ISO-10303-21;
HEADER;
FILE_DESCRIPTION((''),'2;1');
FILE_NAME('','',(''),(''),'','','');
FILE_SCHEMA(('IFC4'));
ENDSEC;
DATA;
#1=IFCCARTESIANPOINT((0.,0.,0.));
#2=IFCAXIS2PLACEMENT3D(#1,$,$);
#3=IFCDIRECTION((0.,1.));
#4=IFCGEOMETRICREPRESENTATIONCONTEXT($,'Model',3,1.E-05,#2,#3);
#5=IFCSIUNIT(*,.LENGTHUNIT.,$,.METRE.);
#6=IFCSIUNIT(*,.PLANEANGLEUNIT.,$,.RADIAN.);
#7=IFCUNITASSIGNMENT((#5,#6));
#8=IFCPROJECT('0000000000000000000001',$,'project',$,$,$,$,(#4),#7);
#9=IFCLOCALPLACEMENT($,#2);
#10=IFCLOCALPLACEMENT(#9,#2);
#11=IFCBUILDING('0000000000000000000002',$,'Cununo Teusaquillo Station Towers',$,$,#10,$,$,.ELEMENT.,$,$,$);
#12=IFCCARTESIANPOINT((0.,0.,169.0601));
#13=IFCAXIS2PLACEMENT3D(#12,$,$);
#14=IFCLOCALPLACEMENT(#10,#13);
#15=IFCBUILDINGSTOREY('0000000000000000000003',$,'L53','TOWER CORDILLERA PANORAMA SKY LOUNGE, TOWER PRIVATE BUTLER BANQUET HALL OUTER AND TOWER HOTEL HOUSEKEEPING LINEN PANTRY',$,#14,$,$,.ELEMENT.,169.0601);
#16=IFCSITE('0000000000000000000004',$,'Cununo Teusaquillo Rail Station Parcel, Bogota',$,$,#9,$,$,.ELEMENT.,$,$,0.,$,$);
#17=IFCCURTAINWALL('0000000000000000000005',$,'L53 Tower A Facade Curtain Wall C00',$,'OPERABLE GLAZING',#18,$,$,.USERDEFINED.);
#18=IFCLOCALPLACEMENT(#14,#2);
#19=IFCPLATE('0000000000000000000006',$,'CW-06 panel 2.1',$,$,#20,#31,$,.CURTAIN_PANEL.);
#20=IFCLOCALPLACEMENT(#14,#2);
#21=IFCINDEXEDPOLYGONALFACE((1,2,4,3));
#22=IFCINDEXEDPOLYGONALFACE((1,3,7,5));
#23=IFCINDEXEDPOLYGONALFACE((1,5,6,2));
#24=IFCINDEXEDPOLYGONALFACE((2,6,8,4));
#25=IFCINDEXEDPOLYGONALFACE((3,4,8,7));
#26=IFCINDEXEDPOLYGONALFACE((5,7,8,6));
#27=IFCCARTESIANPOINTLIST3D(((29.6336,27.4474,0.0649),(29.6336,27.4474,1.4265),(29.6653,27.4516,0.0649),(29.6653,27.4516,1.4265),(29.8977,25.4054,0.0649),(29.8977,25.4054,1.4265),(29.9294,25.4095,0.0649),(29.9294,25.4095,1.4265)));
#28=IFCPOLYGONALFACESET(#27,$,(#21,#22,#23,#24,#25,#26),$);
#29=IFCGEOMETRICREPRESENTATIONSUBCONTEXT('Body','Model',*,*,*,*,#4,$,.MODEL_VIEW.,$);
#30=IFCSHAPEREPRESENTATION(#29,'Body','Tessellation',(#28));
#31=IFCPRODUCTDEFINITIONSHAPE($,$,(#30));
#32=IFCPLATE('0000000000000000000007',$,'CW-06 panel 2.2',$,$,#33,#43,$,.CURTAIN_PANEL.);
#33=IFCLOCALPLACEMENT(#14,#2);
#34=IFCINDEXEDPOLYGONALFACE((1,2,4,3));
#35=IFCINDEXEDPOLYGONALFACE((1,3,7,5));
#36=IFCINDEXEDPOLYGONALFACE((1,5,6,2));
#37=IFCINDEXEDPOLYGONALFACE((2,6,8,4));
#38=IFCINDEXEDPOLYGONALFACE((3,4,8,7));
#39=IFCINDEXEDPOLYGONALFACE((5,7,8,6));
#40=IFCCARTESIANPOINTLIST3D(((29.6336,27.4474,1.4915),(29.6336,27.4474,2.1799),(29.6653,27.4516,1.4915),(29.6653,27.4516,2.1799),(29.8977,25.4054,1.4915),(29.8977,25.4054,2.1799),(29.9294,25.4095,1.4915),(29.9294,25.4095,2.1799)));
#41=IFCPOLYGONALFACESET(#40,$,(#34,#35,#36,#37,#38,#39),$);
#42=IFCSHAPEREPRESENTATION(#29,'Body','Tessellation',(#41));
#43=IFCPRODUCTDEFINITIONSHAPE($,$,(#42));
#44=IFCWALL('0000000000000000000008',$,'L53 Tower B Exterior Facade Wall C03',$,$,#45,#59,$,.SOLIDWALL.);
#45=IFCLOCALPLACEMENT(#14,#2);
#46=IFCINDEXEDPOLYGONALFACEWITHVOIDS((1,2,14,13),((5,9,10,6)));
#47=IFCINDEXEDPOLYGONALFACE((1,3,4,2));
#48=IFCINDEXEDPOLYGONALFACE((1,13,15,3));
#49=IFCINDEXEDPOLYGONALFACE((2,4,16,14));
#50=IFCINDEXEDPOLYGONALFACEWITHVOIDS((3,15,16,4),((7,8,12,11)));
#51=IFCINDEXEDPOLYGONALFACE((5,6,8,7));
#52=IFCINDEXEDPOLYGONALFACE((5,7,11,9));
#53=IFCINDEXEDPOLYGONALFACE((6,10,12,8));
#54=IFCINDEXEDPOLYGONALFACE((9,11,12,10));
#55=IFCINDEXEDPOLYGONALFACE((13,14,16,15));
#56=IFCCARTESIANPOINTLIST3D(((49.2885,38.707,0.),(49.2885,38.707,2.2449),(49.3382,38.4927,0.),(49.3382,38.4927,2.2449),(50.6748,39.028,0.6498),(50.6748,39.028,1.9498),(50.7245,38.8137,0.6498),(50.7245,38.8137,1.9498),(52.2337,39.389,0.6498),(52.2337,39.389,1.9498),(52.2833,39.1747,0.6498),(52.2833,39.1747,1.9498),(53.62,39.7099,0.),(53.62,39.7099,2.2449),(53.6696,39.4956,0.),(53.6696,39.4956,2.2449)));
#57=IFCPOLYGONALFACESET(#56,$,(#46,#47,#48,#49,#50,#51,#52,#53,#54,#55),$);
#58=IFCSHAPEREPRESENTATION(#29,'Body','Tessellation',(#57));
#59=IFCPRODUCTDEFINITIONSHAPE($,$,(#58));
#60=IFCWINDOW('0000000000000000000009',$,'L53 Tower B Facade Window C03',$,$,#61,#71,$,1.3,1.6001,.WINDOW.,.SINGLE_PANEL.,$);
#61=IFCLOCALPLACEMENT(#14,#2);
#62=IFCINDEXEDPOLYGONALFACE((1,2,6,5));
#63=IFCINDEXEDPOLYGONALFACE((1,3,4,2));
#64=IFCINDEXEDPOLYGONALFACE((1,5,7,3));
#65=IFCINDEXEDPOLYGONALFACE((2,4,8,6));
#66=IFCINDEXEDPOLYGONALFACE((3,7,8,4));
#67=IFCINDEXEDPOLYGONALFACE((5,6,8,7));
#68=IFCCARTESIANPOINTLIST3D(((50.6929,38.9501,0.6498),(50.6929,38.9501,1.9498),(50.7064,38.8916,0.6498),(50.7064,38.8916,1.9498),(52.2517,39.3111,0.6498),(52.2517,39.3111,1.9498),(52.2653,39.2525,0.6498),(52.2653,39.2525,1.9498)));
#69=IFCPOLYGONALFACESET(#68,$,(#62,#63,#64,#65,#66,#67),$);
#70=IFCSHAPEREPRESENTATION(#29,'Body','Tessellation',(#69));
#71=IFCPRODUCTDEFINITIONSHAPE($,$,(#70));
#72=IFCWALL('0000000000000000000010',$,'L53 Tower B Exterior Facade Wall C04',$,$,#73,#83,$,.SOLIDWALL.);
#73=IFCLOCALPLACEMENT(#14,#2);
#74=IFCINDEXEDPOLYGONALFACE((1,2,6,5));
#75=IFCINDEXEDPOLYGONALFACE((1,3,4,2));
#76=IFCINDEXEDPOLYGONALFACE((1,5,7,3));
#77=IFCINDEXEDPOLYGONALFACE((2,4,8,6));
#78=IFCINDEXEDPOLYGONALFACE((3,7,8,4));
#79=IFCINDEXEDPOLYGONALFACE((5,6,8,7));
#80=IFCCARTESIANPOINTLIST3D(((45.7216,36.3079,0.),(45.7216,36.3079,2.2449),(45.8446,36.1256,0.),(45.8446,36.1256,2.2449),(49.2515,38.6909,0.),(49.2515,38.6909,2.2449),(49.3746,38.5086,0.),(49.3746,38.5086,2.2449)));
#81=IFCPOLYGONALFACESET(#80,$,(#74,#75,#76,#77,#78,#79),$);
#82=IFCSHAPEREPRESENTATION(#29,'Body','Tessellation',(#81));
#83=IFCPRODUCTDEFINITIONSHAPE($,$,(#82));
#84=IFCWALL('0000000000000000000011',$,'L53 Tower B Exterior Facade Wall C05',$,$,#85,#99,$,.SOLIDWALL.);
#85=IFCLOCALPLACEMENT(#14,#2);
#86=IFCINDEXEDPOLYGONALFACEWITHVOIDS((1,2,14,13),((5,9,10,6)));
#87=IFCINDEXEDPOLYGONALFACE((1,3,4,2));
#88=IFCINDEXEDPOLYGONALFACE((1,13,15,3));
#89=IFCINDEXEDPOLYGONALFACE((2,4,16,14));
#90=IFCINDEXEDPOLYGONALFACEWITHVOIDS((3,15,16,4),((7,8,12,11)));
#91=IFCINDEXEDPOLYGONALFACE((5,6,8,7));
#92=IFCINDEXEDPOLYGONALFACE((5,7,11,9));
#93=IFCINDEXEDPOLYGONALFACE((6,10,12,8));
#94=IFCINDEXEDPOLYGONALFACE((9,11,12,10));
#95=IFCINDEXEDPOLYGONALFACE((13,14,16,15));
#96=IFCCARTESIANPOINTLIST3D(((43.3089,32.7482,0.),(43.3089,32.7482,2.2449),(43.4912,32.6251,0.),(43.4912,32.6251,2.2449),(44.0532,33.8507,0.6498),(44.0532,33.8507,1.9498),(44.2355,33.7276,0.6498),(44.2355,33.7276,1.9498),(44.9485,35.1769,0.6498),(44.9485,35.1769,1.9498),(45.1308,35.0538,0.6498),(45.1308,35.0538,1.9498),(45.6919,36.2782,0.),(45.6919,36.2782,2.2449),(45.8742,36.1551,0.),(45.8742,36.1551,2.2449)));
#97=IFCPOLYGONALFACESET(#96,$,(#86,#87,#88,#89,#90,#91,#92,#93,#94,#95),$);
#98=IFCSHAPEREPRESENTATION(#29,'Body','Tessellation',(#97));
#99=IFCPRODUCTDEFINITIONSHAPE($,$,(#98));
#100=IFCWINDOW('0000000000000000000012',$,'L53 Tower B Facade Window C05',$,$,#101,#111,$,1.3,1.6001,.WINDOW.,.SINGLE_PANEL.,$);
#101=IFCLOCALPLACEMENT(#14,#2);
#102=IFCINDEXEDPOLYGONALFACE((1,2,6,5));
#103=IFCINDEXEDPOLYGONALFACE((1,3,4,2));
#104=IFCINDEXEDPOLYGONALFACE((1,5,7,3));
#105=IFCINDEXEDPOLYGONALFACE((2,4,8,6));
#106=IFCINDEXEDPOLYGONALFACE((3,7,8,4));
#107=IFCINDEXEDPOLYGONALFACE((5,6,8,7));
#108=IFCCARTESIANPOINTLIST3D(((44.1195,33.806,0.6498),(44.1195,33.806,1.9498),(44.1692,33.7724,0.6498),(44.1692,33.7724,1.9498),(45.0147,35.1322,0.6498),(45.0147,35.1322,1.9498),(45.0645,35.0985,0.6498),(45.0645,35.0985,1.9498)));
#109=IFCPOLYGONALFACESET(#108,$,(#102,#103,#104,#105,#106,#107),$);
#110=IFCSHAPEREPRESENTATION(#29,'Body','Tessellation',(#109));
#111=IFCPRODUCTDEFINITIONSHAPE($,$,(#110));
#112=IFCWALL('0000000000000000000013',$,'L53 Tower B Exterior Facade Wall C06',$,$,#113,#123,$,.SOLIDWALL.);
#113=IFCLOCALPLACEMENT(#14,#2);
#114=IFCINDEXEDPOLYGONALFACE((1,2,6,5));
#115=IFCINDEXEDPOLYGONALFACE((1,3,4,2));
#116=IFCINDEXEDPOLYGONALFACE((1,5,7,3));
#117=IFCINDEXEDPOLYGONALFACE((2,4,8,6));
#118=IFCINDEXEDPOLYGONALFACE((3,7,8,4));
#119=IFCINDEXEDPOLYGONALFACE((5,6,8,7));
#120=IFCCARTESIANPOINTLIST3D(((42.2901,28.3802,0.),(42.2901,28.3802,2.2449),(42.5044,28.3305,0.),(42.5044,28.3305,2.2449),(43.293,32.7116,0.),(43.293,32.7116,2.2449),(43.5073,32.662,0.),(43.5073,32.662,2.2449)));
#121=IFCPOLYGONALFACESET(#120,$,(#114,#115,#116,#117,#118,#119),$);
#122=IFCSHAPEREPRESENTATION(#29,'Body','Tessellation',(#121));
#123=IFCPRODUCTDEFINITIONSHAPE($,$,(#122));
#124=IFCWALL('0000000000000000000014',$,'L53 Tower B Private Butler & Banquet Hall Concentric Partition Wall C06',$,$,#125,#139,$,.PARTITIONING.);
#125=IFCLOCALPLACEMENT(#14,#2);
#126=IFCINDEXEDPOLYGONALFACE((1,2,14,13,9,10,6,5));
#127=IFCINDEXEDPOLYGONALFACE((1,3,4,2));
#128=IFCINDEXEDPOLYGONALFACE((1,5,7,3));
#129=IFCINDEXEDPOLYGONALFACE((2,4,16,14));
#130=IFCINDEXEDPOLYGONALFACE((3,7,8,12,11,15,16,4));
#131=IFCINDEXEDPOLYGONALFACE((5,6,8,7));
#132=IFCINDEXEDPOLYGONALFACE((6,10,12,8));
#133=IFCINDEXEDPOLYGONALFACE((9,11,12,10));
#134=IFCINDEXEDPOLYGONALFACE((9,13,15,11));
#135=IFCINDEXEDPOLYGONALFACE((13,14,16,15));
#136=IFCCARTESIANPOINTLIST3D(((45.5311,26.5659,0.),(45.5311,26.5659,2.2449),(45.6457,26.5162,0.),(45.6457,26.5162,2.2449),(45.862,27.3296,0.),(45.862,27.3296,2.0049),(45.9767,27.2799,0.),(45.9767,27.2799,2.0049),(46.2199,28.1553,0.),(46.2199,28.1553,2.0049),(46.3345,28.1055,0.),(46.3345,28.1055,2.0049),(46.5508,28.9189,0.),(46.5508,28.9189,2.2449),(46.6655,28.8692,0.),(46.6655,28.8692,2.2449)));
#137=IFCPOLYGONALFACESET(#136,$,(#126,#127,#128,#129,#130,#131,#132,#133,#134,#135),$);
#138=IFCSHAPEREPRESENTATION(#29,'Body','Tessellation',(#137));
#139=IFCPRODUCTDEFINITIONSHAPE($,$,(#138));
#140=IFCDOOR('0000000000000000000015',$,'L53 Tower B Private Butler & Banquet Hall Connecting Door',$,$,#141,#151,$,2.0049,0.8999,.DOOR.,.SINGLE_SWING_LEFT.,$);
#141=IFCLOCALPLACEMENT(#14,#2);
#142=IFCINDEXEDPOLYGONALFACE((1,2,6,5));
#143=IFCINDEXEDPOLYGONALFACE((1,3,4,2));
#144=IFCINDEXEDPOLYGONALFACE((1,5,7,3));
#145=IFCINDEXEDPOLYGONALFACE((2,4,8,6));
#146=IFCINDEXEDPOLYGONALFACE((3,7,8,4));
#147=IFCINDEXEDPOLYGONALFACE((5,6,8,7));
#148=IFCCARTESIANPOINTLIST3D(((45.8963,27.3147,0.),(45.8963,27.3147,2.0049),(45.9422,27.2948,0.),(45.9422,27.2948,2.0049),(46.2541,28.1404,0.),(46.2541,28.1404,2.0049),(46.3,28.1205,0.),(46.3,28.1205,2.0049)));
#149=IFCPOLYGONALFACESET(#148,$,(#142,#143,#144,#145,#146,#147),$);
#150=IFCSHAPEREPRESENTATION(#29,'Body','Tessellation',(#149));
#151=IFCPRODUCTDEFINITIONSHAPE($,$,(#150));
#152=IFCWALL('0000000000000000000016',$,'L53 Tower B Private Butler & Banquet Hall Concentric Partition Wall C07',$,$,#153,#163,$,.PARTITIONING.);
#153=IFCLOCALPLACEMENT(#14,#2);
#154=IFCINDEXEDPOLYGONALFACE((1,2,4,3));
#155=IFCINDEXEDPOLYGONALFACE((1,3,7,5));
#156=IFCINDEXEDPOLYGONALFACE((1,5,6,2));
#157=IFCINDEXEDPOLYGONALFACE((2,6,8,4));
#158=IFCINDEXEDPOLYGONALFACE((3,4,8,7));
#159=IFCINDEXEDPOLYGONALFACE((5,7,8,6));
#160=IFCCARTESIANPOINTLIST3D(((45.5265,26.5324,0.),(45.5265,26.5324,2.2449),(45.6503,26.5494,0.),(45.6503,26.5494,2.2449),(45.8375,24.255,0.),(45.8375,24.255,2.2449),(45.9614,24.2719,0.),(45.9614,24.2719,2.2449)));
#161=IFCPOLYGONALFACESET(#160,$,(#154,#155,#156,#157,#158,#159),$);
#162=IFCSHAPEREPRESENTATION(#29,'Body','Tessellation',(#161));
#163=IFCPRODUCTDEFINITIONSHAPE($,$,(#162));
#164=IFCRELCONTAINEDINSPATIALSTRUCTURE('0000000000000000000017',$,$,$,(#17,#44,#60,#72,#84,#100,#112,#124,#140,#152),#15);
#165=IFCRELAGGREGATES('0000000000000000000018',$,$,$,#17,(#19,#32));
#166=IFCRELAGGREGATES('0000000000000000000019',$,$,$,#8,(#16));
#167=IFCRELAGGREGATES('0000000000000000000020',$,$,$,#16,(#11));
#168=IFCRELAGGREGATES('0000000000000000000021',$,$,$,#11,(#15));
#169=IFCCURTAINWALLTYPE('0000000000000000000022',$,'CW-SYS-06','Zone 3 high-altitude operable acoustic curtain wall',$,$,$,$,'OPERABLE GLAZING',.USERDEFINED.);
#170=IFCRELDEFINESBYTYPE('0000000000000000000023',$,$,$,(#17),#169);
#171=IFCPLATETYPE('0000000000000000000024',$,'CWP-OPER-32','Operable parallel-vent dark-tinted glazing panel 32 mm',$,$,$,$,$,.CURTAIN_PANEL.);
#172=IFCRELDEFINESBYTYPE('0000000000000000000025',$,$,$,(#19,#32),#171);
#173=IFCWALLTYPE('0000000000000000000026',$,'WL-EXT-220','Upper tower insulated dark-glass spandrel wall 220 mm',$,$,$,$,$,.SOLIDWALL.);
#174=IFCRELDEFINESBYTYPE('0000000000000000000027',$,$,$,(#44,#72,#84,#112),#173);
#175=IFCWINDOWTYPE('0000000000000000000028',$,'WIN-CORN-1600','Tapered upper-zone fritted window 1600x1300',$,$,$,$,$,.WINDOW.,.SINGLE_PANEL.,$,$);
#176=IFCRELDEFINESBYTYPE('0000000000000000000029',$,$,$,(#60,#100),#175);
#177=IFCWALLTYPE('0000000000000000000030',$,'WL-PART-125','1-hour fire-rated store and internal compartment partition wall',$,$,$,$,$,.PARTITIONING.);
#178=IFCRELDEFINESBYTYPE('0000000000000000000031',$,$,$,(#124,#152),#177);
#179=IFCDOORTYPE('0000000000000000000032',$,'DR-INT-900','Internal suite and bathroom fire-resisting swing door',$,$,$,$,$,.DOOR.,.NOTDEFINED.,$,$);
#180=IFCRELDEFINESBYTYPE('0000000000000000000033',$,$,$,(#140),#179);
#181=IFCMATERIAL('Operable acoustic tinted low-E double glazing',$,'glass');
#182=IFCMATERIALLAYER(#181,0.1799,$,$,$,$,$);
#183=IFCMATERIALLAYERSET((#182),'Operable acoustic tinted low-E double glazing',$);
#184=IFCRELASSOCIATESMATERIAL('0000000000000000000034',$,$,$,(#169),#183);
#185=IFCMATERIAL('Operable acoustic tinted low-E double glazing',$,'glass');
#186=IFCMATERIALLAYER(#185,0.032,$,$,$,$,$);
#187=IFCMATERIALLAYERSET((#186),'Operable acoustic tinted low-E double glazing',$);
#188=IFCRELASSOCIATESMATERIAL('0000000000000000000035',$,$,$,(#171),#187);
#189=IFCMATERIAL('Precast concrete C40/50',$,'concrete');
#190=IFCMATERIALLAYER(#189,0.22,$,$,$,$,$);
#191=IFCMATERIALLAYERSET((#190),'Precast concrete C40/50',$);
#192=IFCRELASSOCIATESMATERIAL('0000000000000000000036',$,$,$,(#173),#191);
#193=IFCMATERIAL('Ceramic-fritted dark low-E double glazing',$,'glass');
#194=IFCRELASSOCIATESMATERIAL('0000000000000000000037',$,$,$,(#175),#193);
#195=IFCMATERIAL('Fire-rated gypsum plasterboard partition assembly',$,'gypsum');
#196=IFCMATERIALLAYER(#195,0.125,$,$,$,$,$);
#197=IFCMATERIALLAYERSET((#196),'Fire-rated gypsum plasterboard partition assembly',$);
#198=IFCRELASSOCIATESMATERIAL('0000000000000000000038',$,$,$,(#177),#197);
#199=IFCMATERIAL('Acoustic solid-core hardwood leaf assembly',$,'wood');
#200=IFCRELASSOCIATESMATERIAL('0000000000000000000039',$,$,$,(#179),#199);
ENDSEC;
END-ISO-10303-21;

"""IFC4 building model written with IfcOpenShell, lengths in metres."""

from ifc_helpers import new_model, si_unit, direction, frame, frame_2d, origin, origin_2d, place, context, subcontext, project, spatial, rectangle, extrude, source, transform, mapped, material, layer, layer_set, type_object, element, fill, aggregate, save


model = new_model("IFC4")

# Units and contexts
model_context = context("Model", 3, precision=1e-05, world=origin(), true_north=direction((0.0, 1.0)))
body_context = subcontext(model_context, "Body", "Model", "MODEL_VIEW")
ifc_project = project(units=[si_unit("LENGTHUNIT", "METRE"), si_unit("PLANEANGLEUNIT", "RADIAN")], contexts=[model_context])

# Site, building, storey
site_placement = place(None, origin())
site = spatial("IfcSite", under=ifc_project, at=site_placement, Name="Cununo Teusaquillo Rail Station Parcel, Bogota", CompositionType="ELEMENT", RefElevation=0.0)
building_placement = place(site_placement, origin())
building = spatial("IfcBuilding", under=site, at=building_placement, Name="Cununo Teusaquillo Station Towers", CompositionType="ELEMENT")
storey_placement = place(building_placement, frame((0.0, 0.0, 169.0601)))
storey = spatial("IfcBuildingStorey", under=building, at=storey_placement, Name="L53", Description="TOWER CORDILLERA PANORAMA SKY LOUNGE, TOWER PRIVATE BUTLER BANQUET HALL OUTER AND TOWER HOTEL HOUSEKEEPING LINEN PANTRY", CompositionType="ELEMENT", Elevation=169.0601)

# Curtain wall
ifc_material_1 = material(Name="Operable acoustic tinted low-E double glazing", Category="glass")
ifc_layer_1 = layer(ifc_material_1, 0.1799)
ifc_layer_set_1 = layer_set([ifc_layer_1], Name="Operable acoustic tinted low-E double glazing")
curtain_wall_type = type_object("IfcCurtainWallType", Name="CW-SYS-06", Description="Zone 3 high-altitude operable acoustic curtain wall", ElementType="OPERABLE GLAZING", PredefinedType="USERDEFINED", material=ifc_layer_set_1)
curtain_wall_placement = place(storey_placement, origin())
curtain_wall = element("IfcCurtainWall", 1, at=curtain_wall_placement, inside=storey, type_object=curtain_wall_type, Name="L53 Tower A Facade Curtain Wall C00", ObjectType="OPERABLE GLAZING", PredefinedType="USERDEFINED")

# Plates
ifc_material_2 = material(Name="Operable acoustic tinted low-E double glazing", Category="glass")
ifc_layer_2 = layer(ifc_material_2, 0.032)
ifc_layer_set_2 = layer_set([ifc_layer_2], Name="Operable acoustic tinted low-E double glazing")
plate_type_1 = type_object("IfcPlateType", Name="CWP-OPER-32", Description="Operable parallel-vent dark-tinted glazing panel 32 mm", PredefinedType="CURTAIN_PANEL", material=ifc_layer_set_2)
shared_shape_1 = source(origin(), body_context, "Body", "SweptSolid", [
    extrude(rectangle(XDim=2.0591, YDim=0.032, at=origin_2d()), origin(), (0.0, 0.0, 1.0), 1.3616),
])
plate_1_placement = place(storey_placement, frame((29.7815, 26.4285, 0.0649), z_axis=(0.0, 0.0, 1.0), x_axis=(0.128285, -0.991737, 0.0)))
plate_1 = element("IfcPlate", 2, at=plate_1_placement, type_object=plate_type_1, Name="CW-06 panel 2.1", PredefinedType="CURTAIN_PANEL", context=body_context, shape_type="MappedRepresentation", body=[
    mapped(shared_shape_1, transform((0.0, 0.0, 0.0), x_axis=(1.0, 0.0, 0.0), y_axis=(0.0, 1.0, 0.0), z_axis=(0.0, 0.0, 1.0), scale=1.0)),
])
shared_shape_2 = source(origin(), body_context, "Body", "SweptSolid", [
    extrude(rectangle(XDim=2.0591, YDim=0.032, at=origin_2d()), origin(), (0.0, 0.0, 1.0), 0.6885),
])
plate_2_placement = place(storey_placement, frame((29.7815, 26.4285, 1.4915), z_axis=(0.0, 0.0, 1.0), x_axis=(0.128285, -0.991737, 0.0)))
plate_2 = element("IfcPlate", 3, at=plate_2_placement, type_object=plate_type_1, Name="CW-06 panel 2.2", PredefinedType="CURTAIN_PANEL", context=body_context, shape_type="MappedRepresentation", body=[
    mapped(shared_shape_2, transform((0.0, 0.0, 0.0), x_axis=(1.0, 0.0, 0.0), y_axis=(0.0, 1.0, 0.0), z_axis=(0.0, 0.0, 1.0), scale=1.0)),
])
aggregate(curtain_wall, [plate_1, plate_2])

# Wall, opening, window
ifc_material_3 = material(Name="Precast concrete C40/50", Category="concrete")
ifc_layer_3 = layer(ifc_material_3, 0.22)
ifc_layer_set_3 = layer_set([ifc_layer_3], Name="Precast concrete C40/50")
wall_type_1 = type_object("IfcWallType", Name="WL-EXT-220", Description="Upper tower insulated dark-glass spandrel wall 220 mm", PredefinedType="SOLIDWALL", material=ifc_layer_set_3)
wall_1_placement = place(storey_placement, frame((49.3132, 38.5999, 0.0), z_axis=(0.0, 0.0, 1.0), x_axis=(0.974226, 0.225573, 0.0)))
wall_1 = element("IfcWall", 4, at=wall_1_placement, inside=storey, type_object=wall_type_1, Name="L53 Tower B Exterior Facade Wall C03", PredefinedType="SOLIDWALL", context=body_context, shape_type="SweptSolid", body=[
    extrude(rectangle(XDim=4.446, YDim=0.22, at=frame_2d((2.2231, 0.0))), origin(), (0.0, 0.0, 1.0), 2.2449),
])
shared_shape_3 = source(origin(), body_context, "Body", "SweptSolid", [
    extrude(rectangle(XDim=1.6001, YDim=1.3, at=frame_2d((0.8, 0.6499))), frame((0.0, 0.1199, 0.0), z_axis=(0.0, -1.0, 0.0), x_axis=(1.0, 0.0, 0.0)), (0.0, 0.0, 1.0), 0.24),
])
opening_1_placement = place(wall_1_placement, frame((1.4231, 0.0, 0.6499)))
opening_1 = element("IfcOpeningElement", 5, at=opening_1_placement, cuts=wall_1, PredefinedType="OPENING", context=body_context, shape_type="MappedRepresentation", body=[
    mapped(shared_shape_3, transform((0.0, 0.0, 0.0), x_axis=(1.0, 0.0, 0.0), y_axis=(0.0, 1.0, 0.0), z_axis=(0.0, 0.0, 1.0), scale=1.0)),
])
ifc_material_4 = material(Name="Ceramic-fritted dark low-E double glazing", Category="glass")
window_type = type_object("IfcWindowType", Name="WIN-CORN-1600", Description="Tapered upper-zone fritted window 1600x1300", PartitioningType="SINGLE_PANEL", PredefinedType="WINDOW", material=ifc_material_4)
shared_shape_4 = source(origin(), body_context, "Body", "SweptSolid", [
    extrude(rectangle(XDim=1.6001, YDim=1.3, at=frame_2d((0.8, 0.6499))), frame((0.0, 0.03, 0.0), z_axis=(0.0, -1.0, 0.0), x_axis=(1.0, 0.0, 0.0)), (0.0, 0.0, 1.0), 0.0601),
])
window_1_placement = place(opening_1_placement, origin())
window_1 = element("IfcWindow", 6, at=window_1_placement, inside=storey, type_object=window_type, Name="L53 Tower B Facade Window C03", OverallHeight=1.3, OverallWidth=1.6001, PartitioningType="SINGLE_PANEL", PredefinedType="WINDOW", context=body_context, shape_type="MappedRepresentation", body=[
    mapped(shared_shape_4, transform((0.0, 0.0, 0.0), x_axis=(1.0, 0.0, 0.0), y_axis=(0.0, 1.0, 0.0), z_axis=(0.0, 0.0, 1.0), scale=1.0)),
])
fill(opening_1, window_1)

# Wall
wall_2_placement = place(storey_placement, frame((45.7832, 36.2168, 0.0), z_axis=(0.0, 0.0, 1.0), x_axis=(0.828817, 0.559519, 0.0)))
element("IfcWall", 7, at=wall_2_placement, inside=storey, type_object=wall_type_1, Name="L53 Tower B Exterior Facade Wall C04", PredefinedType="SOLIDWALL", context=body_context, shape_type="SweptSolid", body=[
    extrude(rectangle(XDim=4.259, YDim=0.22, at=frame_2d((2.1294, 0.0))), origin(), (0.0, 0.0, 1.0), 2.2449),
])

# Wall, opening, window
wall_3_placement = place(storey_placement, frame((43.4001, 32.6868, 0.0), z_axis=(0.0, 0.0, 1.0), x_axis=(0.559519, 0.828817, 0.0)))
wall_3 = element("IfcWall", 8, at=wall_3_placement, inside=storey, type_object=wall_type_1, Name="L53 Tower B Exterior Facade Wall C05", PredefinedType="SOLIDWALL", context=body_context, shape_type="SweptSolid", body=[
    extrude(rectangle(XDim=4.259, YDim=0.22, at=frame_2d((2.1294, 0.0))), origin(), (0.0, 0.0, 1.0), 2.2449),
])
opening_2_placement = place(wall_3_placement, frame((1.3301, 0.0, 0.6499)))
opening_2 = element("IfcOpeningElement", 9, at=opening_2_placement, cuts=wall_3, PredefinedType="OPENING", context=body_context, shape_type="MappedRepresentation", body=[
    mapped(shared_shape_3, transform((0.0, 0.0, 0.0), x_axis=(1.0, 0.0, 0.0), y_axis=(0.0, 1.0, 0.0), z_axis=(0.0, 0.0, 1.0), scale=1.0)),
])
window_2_placement = place(opening_2_placement, origin())
window_2 = element("IfcWindow", 10, at=window_2_placement, inside=storey, type_object=window_type, Name="L53 Tower B Facade Window C05", OverallHeight=1.3, OverallWidth=1.6001, PartitioningType="SINGLE_PANEL", PredefinedType="WINDOW", context=body_context, shape_type="MappedRepresentation", body=[
    mapped(shared_shape_4, transform((0.0, 0.0, 0.0), x_axis=(1.0, 0.0, 0.0), y_axis=(0.0, 1.0, 0.0), z_axis=(0.0, 0.0, 1.0), scale=1.0)),
])
fill(opening_2, window_2)

# Wall
wall_4_placement = place(storey_placement, frame((42.3972, 28.3552, 0.0), z_axis=(0.0, 0.0, 1.0), x_axis=(0.225573, 0.974226, 0.0)))
element("IfcWall", 11, at=wall_4_placement, inside=storey, type_object=wall_type_1, Name="L53 Tower B Exterior Facade Wall C06", PredefinedType="SOLIDWALL", context=body_context, shape_type="SweptSolid", body=[
    extrude(rectangle(XDim=4.446, YDim=0.22, at=frame_2d((2.2231, 0.0))), origin(), (0.0, 0.0, 1.0), 2.2449),
])

# Wall, opening, door
ifc_material_5 = material(Name="Fire-rated gypsum plasterboard partition assembly", Category="gypsum")
ifc_layer_4 = layer(ifc_material_5, 0.125)
ifc_layer_set_4 = layer_set([ifc_layer_4], Name="Fire-rated gypsum plasterboard partition assembly")
wall_type_2 = type_object("IfcWallType", Name="WL-PART-125", Description="1-hour fire-rated store and internal compartment partition wall", PredefinedType="PARTITIONING", material=ifc_layer_set_4)
wall_5_placement = place(storey_placement, frame((46.6082, 28.894, 0.0), z_axis=(0.0, 0.0, 1.0), x_axis=(-0.39765, -0.917537, 0.0)))
wall_5 = element("IfcWall", 12, at=wall_5_placement, inside=storey, type_object=wall_type_2, Name="L53 Tower B Private Butler & Banquet Hall Concentric Partition Wall C06", PredefinedType="PARTITIONING", context=body_context, shape_type="SweptSolid", body=[
    extrude(rectangle(XDim=2.5645, YDim=0.125, at=frame_2d((1.2822, 0.0))), origin(), (0.0, 0.0, 1.0), 2.2449),
])
shared_shape_5 = source(origin(), body_context, "Body", "SweptSolid", [
    extrude(rectangle(XDim=0.8999, YDim=2.0049, at=frame_2d((0.45, 1.0024))), frame((0.0, 0.0725, 0.0), z_axis=(0.0, -1.0, 0.0), x_axis=(1.0, 0.0, 0.0)), (0.0, 0.0, 1.0), 0.145),
])
opening_3_placement = place(wall_5_placement, frame((0.8323, 0.0, 0.0)))
opening_3 = element("IfcOpeningElement", 13, at=opening_3_placement, cuts=wall_5, PredefinedType="OPENING", context=body_context, shape_type="MappedRepresentation", body=[
    mapped(shared_shape_5, transform((0.0, 0.0, 0.0), x_axis=(1.0, 0.0, 0.0), y_axis=(0.0, 1.0, 0.0), z_axis=(0.0, 0.0, 1.0), scale=1.0)),
])
ifc_material_6 = material(Name="Acoustic solid-core hardwood leaf assembly", Category="wood")
door_type_1 = type_object("IfcDoorType", Name="DR-INT-900", Description="Internal suite and bathroom fire-resisting swing door", OperationType="NOTDEFINED", PredefinedType="DOOR", material=ifc_material_6)
shared_shape_6 = source(origin(), body_context, "Body", "SweptSolid", [
    extrude(rectangle(XDim=0.8999, YDim=2.0049, at=frame_2d((0.45, 1.0024))), frame((0.0, 0.0249, 0.0), z_axis=(0.0, -1.0, 0.0), x_axis=(1.0, 0.0, 0.0)), (0.0, 0.0, 1.0), 0.05),
])
door_1_placement = place(opening_3_placement, origin())
door_1 = element("IfcDoor", 14, at=door_1_placement, inside=storey, type_object=door_type_1, Name="L53 Tower B Private Butler & Banquet Hall Connecting Door", OperationType="SINGLE_SWING_LEFT", OverallHeight=2.0049, OverallWidth=0.8999, PredefinedType="DOOR", context=body_context, shape_type="MappedRepresentation", body=[
    mapped(shared_shape_6, transform((0.0, 0.0, 0.0), x_axis=(1.0, 0.0, 0.0), y_axis=(0.0, 1.0, 0.0), z_axis=(0.0, 0.0, 1.0), scale=1.0)),
])
fill(opening_3, door_1)

# Wall
wall_6_placement = place(storey_placement, frame((45.5884, 26.541, 0.0), z_axis=(0.0, 0.0, 1.0), x_axis=(0.135322, -0.990802, 0.0)))
element("IfcWall", 15, at=wall_6_placement, inside=storey, type_object=wall_type_2, Name="L53 Tower B Private Butler & Banquet Hall Concentric Partition Wall C07", PredefinedType="PARTITIONING", context=body_context, shape_type="SweptSolid", body=[
    extrude(rectangle(XDim=2.2986, YDim=0.125, at=frame_2d((1.1494, 0.0))), origin(), (0.0, 0.0, 1.0), 2.2449),
])

save(model, "model.ifc")
